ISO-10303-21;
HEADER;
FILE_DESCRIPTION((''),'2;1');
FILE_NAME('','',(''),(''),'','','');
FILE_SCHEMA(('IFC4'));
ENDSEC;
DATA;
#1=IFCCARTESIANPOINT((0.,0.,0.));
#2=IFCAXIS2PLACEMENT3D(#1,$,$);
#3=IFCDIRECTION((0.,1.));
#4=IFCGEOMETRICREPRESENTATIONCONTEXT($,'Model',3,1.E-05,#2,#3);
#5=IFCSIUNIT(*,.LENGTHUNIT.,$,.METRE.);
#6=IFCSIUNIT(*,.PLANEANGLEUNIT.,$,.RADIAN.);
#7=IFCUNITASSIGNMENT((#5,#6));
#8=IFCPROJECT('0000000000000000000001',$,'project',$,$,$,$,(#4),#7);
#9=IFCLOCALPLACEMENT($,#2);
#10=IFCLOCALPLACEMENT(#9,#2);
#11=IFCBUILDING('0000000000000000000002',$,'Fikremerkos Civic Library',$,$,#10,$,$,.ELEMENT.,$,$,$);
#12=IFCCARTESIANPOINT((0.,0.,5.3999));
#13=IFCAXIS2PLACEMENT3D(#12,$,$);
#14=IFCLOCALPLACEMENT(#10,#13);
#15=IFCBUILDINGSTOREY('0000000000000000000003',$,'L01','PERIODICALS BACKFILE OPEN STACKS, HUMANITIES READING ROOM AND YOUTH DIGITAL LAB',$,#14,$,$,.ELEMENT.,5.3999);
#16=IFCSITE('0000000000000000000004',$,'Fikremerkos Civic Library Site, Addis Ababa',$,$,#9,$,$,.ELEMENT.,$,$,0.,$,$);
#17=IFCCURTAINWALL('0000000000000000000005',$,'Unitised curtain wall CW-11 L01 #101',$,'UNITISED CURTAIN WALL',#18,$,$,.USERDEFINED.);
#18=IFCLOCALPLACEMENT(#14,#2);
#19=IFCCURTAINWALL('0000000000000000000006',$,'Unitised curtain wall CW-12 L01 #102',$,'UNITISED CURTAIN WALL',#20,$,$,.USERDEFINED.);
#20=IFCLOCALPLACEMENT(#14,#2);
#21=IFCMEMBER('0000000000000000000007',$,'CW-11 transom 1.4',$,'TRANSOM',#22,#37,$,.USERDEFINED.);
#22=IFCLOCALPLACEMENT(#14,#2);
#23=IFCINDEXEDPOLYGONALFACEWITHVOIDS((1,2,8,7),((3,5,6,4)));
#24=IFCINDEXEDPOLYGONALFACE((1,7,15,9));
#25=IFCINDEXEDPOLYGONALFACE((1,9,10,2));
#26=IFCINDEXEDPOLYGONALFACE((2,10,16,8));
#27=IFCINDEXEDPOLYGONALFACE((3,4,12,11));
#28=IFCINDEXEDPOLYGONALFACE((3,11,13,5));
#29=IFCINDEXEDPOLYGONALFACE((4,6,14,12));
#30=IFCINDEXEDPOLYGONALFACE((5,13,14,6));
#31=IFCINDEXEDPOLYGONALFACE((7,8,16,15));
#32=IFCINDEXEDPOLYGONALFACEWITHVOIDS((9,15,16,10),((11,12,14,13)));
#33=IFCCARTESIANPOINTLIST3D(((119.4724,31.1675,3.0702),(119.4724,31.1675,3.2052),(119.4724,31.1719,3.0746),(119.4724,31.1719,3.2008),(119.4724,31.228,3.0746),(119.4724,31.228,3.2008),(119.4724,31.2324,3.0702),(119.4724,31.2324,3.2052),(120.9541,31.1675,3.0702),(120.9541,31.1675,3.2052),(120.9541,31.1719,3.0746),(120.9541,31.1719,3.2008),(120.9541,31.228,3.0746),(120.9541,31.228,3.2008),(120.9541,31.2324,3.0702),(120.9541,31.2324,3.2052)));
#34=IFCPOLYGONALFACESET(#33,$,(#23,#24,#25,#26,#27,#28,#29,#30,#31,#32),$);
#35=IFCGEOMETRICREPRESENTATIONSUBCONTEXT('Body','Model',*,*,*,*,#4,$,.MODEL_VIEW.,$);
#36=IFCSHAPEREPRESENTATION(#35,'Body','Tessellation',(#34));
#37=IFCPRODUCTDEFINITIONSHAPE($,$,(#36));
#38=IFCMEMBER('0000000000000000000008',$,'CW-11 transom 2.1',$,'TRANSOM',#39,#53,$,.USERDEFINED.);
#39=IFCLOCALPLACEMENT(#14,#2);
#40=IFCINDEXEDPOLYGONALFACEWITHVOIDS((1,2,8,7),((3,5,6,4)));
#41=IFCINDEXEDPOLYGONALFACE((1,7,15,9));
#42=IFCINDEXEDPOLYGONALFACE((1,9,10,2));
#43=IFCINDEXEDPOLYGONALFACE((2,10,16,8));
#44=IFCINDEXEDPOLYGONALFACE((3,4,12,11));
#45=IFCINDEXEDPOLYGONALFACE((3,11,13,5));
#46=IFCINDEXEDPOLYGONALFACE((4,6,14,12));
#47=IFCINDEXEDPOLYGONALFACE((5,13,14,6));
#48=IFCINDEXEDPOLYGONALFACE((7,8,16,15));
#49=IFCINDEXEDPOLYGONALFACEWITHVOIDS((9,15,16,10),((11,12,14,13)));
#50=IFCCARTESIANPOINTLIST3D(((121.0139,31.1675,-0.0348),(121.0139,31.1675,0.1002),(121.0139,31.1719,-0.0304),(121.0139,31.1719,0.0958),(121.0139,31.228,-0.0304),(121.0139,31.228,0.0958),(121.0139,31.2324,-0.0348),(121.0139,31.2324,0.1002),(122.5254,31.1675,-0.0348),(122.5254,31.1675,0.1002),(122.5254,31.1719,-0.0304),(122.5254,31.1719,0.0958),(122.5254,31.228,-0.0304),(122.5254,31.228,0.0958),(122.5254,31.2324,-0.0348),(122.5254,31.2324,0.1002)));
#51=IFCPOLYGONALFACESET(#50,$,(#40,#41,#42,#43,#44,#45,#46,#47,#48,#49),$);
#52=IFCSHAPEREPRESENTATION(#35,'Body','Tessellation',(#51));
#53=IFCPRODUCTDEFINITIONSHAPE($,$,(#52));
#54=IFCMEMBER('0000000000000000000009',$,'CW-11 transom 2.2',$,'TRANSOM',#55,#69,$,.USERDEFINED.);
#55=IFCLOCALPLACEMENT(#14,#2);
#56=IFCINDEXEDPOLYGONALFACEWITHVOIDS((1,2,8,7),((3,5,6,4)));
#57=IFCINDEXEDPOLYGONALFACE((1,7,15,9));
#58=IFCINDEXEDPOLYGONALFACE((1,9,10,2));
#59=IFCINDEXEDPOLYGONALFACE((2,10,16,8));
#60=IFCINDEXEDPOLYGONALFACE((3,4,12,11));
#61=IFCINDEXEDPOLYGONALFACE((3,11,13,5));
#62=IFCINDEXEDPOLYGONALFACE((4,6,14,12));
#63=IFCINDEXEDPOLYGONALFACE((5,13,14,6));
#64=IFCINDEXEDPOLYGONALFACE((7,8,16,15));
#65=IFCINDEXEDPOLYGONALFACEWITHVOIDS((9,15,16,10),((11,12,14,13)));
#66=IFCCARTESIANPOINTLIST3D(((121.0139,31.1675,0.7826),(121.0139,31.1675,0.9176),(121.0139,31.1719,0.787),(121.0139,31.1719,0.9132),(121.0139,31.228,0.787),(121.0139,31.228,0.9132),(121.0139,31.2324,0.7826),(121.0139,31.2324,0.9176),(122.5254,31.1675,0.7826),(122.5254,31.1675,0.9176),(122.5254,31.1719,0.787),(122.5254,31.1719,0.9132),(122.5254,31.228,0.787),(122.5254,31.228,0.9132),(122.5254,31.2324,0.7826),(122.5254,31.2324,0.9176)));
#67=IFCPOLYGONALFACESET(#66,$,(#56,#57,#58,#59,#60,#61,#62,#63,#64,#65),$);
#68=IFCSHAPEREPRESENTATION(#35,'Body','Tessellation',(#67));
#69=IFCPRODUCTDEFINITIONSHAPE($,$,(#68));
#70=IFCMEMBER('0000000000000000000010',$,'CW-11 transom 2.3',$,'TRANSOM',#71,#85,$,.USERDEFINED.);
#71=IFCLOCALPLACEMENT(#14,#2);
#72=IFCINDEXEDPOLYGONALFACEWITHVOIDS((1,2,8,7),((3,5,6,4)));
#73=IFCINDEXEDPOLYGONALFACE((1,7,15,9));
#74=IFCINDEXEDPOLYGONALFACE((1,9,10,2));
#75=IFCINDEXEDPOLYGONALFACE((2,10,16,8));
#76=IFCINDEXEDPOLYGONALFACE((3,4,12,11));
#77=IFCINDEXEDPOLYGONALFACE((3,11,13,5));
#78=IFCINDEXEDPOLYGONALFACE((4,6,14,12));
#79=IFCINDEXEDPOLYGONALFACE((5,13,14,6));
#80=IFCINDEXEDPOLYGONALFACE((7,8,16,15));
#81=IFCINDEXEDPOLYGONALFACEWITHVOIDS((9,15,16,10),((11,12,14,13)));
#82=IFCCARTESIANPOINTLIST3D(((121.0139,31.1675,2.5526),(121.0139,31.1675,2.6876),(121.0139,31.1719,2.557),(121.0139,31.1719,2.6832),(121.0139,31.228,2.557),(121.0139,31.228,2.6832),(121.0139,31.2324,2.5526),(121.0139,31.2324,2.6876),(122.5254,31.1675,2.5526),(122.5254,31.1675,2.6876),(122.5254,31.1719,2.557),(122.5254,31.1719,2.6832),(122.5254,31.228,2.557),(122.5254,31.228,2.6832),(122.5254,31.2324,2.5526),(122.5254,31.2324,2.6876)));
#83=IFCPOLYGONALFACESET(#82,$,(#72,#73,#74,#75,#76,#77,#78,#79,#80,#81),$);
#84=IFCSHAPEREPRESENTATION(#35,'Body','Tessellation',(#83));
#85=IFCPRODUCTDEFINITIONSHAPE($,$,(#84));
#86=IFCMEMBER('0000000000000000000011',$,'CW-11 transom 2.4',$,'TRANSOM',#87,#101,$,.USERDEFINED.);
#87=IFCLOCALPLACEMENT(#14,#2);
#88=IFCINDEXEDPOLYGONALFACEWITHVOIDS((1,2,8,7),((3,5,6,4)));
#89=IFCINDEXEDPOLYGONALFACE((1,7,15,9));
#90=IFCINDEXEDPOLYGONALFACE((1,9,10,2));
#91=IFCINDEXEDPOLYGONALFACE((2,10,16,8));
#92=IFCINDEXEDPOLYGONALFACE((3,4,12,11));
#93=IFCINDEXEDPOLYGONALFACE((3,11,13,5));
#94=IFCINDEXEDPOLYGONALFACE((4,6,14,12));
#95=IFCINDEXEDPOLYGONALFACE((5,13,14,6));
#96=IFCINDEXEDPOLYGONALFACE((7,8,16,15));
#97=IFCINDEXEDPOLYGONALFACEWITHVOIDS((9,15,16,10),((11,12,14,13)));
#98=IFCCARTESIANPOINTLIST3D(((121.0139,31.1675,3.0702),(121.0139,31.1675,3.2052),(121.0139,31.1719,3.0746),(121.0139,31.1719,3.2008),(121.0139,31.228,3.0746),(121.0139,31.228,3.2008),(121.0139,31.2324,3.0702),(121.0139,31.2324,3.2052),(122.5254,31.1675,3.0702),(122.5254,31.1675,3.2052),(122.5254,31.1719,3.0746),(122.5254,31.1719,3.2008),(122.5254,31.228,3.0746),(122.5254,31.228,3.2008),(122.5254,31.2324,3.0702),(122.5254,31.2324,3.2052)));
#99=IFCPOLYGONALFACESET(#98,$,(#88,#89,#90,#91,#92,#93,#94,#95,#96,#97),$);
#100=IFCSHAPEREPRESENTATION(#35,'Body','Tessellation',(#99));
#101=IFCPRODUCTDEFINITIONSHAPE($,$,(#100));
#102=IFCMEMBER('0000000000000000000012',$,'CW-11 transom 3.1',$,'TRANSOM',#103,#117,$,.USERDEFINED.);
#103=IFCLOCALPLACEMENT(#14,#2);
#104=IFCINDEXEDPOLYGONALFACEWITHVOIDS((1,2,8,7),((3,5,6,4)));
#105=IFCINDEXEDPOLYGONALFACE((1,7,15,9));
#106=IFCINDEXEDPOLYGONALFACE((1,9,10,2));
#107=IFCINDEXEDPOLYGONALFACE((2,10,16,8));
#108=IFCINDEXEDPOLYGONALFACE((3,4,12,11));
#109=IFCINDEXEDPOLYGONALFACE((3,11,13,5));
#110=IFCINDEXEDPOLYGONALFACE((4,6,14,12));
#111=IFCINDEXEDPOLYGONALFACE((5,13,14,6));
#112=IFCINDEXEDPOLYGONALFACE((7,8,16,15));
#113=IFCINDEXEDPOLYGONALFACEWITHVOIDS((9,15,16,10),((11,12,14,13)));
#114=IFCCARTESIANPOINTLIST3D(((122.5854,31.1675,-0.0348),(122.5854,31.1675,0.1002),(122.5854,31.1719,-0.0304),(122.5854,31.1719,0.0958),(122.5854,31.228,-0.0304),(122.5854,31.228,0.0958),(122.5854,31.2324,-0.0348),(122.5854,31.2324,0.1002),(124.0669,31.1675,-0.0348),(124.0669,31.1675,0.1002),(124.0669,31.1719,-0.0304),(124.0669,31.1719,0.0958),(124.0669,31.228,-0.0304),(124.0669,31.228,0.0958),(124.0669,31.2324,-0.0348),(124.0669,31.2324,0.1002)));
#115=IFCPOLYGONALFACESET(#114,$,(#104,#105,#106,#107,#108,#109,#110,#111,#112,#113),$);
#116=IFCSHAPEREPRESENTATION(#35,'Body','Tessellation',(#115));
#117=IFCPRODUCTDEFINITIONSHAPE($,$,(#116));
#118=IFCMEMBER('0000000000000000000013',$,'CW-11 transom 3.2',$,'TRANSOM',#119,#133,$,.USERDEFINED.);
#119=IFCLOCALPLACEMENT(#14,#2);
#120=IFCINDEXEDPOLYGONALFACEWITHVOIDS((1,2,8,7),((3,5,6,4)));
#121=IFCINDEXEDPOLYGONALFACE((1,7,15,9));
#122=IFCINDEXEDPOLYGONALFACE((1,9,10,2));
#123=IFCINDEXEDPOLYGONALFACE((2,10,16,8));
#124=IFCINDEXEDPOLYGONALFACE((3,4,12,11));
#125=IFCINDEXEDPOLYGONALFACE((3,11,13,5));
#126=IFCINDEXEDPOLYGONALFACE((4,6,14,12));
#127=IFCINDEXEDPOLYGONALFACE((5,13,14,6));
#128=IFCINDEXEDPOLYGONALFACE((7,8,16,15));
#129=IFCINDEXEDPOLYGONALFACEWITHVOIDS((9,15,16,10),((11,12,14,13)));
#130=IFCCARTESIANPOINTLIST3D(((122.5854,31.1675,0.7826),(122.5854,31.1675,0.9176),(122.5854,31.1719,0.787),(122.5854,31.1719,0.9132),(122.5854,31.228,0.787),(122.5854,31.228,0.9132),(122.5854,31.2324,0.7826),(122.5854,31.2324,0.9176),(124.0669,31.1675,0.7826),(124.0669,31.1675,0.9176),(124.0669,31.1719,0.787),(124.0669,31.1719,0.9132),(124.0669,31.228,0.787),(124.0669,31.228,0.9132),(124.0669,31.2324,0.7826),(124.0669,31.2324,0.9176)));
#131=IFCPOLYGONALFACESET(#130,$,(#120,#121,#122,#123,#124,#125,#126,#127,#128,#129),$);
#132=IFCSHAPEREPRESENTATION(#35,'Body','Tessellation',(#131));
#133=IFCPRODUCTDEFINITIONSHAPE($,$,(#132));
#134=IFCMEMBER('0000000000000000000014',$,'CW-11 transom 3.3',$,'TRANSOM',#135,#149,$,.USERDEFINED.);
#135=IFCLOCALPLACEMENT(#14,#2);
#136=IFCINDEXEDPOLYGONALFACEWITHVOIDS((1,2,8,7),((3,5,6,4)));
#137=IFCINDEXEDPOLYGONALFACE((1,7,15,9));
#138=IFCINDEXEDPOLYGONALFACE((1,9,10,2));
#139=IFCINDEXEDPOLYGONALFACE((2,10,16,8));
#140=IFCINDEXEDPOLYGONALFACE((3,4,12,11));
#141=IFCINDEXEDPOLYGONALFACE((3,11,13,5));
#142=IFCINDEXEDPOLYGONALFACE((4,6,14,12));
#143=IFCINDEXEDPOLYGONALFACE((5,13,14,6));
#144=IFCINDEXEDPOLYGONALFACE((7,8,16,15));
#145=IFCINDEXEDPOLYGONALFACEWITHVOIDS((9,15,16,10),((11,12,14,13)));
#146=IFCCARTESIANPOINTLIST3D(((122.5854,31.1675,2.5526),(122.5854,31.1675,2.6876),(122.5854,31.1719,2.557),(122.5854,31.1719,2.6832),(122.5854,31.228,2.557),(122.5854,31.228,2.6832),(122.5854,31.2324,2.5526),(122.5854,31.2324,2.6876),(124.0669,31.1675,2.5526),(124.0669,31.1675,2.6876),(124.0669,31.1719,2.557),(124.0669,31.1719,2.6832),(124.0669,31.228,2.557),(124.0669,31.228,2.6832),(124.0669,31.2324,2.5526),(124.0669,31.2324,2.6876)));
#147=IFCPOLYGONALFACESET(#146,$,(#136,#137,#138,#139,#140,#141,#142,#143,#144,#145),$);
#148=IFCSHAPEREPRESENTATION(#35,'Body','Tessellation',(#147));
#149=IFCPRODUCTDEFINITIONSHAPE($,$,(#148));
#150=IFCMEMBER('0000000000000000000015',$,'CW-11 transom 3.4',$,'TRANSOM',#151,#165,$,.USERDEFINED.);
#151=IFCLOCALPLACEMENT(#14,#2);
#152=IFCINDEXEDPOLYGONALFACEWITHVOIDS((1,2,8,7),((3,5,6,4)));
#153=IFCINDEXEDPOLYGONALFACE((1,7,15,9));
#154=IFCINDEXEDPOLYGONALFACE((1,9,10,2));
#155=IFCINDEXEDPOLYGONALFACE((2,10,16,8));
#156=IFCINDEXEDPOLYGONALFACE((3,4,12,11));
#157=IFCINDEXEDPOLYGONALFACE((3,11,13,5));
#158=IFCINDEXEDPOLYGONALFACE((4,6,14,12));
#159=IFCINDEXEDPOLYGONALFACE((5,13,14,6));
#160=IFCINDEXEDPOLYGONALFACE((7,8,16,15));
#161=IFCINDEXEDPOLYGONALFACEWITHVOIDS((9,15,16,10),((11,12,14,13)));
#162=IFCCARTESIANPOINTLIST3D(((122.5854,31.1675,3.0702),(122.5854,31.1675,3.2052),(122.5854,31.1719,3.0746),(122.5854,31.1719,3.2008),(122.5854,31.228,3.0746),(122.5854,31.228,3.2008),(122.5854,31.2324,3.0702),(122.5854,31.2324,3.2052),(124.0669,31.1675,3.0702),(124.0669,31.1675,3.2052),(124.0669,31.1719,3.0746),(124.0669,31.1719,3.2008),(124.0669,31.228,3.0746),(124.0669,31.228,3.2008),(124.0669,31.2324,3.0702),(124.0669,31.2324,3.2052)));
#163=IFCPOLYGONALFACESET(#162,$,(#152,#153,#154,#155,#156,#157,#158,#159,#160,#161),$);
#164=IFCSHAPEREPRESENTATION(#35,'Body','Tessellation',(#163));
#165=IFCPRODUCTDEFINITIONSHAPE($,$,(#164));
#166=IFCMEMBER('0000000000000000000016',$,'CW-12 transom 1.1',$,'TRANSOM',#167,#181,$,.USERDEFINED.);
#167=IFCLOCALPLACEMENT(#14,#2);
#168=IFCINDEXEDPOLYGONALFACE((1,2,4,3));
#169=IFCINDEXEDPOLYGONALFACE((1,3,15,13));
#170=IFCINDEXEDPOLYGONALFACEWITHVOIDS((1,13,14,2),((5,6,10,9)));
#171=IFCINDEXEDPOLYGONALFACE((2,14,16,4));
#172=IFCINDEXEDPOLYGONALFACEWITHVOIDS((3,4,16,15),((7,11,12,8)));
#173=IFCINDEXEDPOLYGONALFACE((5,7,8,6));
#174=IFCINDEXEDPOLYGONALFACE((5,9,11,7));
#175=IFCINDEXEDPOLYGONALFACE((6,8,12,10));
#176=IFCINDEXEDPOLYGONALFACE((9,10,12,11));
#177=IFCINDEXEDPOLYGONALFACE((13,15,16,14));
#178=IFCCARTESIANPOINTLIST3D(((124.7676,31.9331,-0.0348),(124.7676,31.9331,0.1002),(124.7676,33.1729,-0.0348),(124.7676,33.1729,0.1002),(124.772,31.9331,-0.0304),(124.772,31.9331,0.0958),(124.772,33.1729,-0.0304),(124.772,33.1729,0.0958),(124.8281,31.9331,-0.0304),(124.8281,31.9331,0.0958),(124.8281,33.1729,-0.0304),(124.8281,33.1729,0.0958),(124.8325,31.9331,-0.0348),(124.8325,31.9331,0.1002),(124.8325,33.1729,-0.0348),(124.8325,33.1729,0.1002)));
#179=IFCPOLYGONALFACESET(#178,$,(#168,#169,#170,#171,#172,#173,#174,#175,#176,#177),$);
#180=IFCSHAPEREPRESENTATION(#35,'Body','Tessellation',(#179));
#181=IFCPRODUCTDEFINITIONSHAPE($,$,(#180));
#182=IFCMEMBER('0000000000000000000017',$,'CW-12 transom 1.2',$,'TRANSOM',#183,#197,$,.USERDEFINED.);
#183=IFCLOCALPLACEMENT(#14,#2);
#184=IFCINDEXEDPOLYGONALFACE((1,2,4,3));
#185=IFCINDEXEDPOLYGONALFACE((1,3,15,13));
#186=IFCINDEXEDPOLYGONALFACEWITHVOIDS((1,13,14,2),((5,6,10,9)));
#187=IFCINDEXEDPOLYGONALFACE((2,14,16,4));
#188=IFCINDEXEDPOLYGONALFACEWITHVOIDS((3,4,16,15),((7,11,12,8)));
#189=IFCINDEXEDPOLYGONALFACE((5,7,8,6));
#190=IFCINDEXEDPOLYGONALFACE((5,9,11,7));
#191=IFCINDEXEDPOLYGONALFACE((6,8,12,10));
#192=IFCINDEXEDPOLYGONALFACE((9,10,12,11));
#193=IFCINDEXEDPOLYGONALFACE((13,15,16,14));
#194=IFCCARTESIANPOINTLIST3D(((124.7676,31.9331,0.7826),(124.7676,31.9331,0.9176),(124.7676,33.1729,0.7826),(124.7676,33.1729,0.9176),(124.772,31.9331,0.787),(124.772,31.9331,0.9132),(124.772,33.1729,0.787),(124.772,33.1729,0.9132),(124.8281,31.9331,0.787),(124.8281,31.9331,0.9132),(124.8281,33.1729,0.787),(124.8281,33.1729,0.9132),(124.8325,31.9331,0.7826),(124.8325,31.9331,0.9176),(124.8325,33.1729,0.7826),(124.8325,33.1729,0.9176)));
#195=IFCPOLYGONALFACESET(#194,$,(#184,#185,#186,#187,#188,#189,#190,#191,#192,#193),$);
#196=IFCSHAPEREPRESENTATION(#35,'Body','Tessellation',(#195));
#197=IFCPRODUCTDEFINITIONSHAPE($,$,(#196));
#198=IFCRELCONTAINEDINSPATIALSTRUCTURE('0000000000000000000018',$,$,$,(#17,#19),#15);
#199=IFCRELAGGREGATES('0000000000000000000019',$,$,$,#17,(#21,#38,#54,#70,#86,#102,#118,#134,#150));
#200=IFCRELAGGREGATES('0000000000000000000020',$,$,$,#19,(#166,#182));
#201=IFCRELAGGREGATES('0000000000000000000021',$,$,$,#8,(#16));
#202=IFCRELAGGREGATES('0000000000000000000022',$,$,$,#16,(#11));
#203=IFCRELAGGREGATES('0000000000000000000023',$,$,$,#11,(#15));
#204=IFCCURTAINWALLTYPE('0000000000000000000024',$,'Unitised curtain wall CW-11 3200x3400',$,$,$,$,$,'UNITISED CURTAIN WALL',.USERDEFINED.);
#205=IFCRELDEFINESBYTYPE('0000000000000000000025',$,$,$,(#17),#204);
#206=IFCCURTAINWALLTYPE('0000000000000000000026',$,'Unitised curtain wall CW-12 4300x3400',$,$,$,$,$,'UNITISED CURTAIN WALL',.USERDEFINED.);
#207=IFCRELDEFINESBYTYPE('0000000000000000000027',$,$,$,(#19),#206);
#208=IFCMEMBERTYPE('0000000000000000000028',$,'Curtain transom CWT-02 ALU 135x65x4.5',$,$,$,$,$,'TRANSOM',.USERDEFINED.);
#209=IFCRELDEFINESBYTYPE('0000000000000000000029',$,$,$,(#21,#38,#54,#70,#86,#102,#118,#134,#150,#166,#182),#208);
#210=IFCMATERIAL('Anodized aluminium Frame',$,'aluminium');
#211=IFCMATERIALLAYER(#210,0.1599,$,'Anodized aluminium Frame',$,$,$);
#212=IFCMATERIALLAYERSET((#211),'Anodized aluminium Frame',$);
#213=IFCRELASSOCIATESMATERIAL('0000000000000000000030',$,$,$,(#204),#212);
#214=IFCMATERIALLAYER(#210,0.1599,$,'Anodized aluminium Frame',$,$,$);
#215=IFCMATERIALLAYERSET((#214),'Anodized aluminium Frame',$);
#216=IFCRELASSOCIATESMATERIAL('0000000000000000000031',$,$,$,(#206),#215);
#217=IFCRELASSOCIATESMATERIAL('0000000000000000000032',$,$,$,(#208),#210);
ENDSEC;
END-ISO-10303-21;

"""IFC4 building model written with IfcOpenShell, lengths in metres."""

from ifc_helpers import new_model, si_unit, direction, frame, origin, origin_2d, place, context, subcontext, project, spatial, hollow_rectangle, extrude, material, layer, layer_set, material_profile, profile_set, type_object, element, aggregate, save


model = new_model("IFC4")

# Units and contexts
model_context = context("Model", 3, precision=1e-05, world=origin(), true_north=direction((0.0, 1.0)))
body_context = subcontext(model_context, "Body", "Model", "MODEL_VIEW")
ifc_project = project(units=[si_unit("LENGTHUNIT", "METRE"), si_unit("PLANEANGLEUNIT", "RADIAN")], contexts=[model_context])

# Site, building, storey
site_placement = place(None, origin())
site = spatial("IfcSite", under=ifc_project, at=site_placement, Name="Fikremerkos Civic Library Site, Addis Ababa", CompositionType="ELEMENT", RefElevation=0.0)
building_placement = place(site_placement, origin())
building = spatial("IfcBuilding", under=site, at=building_placement, Name="Fikremerkos Civic Library", CompositionType="ELEMENT")
storey_placement = place(building_placement, frame((0.0, 0.0, 5.3999)))
storey = spatial("IfcBuildingStorey", under=building, at=storey_placement, Name="L01", Description="PERIODICALS BACKFILE OPEN STACKS, HUMANITIES READING ROOM AND YOUTH DIGITAL LAB", CompositionType="ELEMENT", Elevation=5.3999)

# Shared definitions
ifc_material_1 = material(Name="Anodized aluminium Frame", Category="aluminium")

# Curtain wall
ifc_layer_1 = layer(ifc_material_1, 0.1599, Name="Anodized aluminium Frame")
ifc_layer_set_1 = layer_set([ifc_layer_1], Name="Anodized aluminium Frame")
curtain_wall_type_1 = type_object("IfcCurtainWallType", Name="Unitised curtain wall CW-11 3200x3400", ElementType="UNITISED CURTAIN WALL", PredefinedType="USERDEFINED", material=ifc_layer_set_1)
curtain_wall_1_placement = place(storey_placement, origin())
curtain_wall_1 = element("IfcCurtainWall", 1, at=curtain_wall_1_placement, inside=storey, type_object=curtain_wall_type_1, Name="Unitised curtain wall CW-11 L01 #101", ObjectType="UNITISED CURTAIN WALL", PredefinedType="USERDEFINED")

# Curtain wall
ifc_layer_2 = layer(ifc_material_1, 0.1599, Name="Anodized aluminium Frame")
ifc_layer_set_2 = layer_set([ifc_layer_2], Name="Anodized aluminium Frame")
curtain_wall_type_2 = type_object("IfcCurtainWallType", Name="Unitised curtain wall CW-12 4300x3400", ElementType="UNITISED CURTAIN WALL", PredefinedType="USERDEFINED", material=ifc_layer_set_2)
curtain_wall_2_placement = place(storey_placement, origin())
curtain_wall_2 = element("IfcCurtainWall", 2, at=curtain_wall_2_placement, inside=storey, type_object=curtain_wall_type_2, Name="Unitised curtain wall CW-12 L01 #102", ObjectType="UNITISED CURTAIN WALL", PredefinedType="USERDEFINED")

# Members
ifc_material_profile_1 = material_profile(ifc_material_1, hollow_rectangle(XDim=0.0649, YDim=0.135, WallThickness=0.0044, at=origin_2d()), Name="ALU 135x65x4.5")
ifc_profile_set_1 = profile_set([ifc_material_profile_1], Name="Anodized aluminium Frame")
member_type_1 = type_object("IfcMemberType", Name="Curtain transom CWT-02 ALU 135x65x4.5", ElementType="TRANSOM", PredefinedType="USERDEFINED", material=ifc_profile_set_1)
member_1_placement = place(storey_placement, frame((119.4724, 31.2, 3.1377), z_axis=(1.0, 0.0, 0.0), x_axis=(0.0, 1.0, 0.0)))
member_1 = element("IfcMember", 3, at=member_1_placement, type_object=member_type_1, Name="CW-11 transom 1.4", ObjectType="TRANSOM", PredefinedType="USERDEFINED", context=body_context, shape_type="SweptSolid", body=[
    extrude(hollow_rectangle(XDim=0.0649, YDim=0.135, WallThickness=0.0044, at=origin_2d()), origin(), (0.0, 0.0, 1.0), 1.4817),
])
member_2_placement = place(storey_placement, frame((121.0139, 31.2, 0.0327), z_axis=(1.0, 0.0, 0.0), x_axis=(0.0, 1.0, 0.0)))
member_2 = element("IfcMember", 4, at=member_2_placement, type_object=member_type_1, Name="CW-11 transom 2.1", ObjectType="TRANSOM", PredefinedType="USERDEFINED", context=body_context, shape_type="SweptSolid", body=[
    extrude(hollow_rectangle(XDim=0.0649, YDim=0.135, WallThickness=0.0044, at=origin_2d()), origin(), (0.0, 0.0, 1.0), 1.5115),
])
member_3_placement = place(storey_placement, frame((121.0139, 31.2, 0.8501), z_axis=(1.0, 0.0, 0.0), x_axis=(0.0, 1.0, 0.0)))
member_3 = element("IfcMember", 5, at=member_3_placement, type_object=member_type_1, Name="CW-11 transom 2.2", ObjectType="TRANSOM", PredefinedType="USERDEFINED", context=body_context, shape_type="SweptSolid", body=[
    extrude(hollow_rectangle(XDim=0.0649, YDim=0.135, WallThickness=0.0044, at=origin_2d()), origin(), (0.0, 0.0, 1.0), 1.5115),
])
member_4_placement = place(storey_placement, frame((121.0139, 31.2, 2.6201), z_axis=(1.0, 0.0, 0.0), x_axis=(0.0, 1.0, 0.0)))
member_4 = element("IfcMember", 6, at=member_4_placement, type_object=member_type_1, Name="CW-11 transom 2.3", ObjectType="TRANSOM", PredefinedType="USERDEFINED", context=body_context, shape_type="SweptSolid", body=[
    extrude(hollow_rectangle(XDim=0.0649, YDim=0.135, WallThickness=0.0044, at=origin_2d()), origin(), (0.0, 0.0, 1.0), 1.5115),
])
member_5_placement = place(storey_placement, frame((121.0139, 31.2, 3.1377), z_axis=(1.0, 0.0, 0.0), x_axis=(0.0, 1.0, 0.0)))
member_5 = element("IfcMember", 7, at=member_5_placement, type_object=member_type_1, Name="CW-11 transom 2.4", ObjectType="TRANSOM", PredefinedType="USERDEFINED", context=body_context, shape_type="SweptSolid", body=[
    extrude(hollow_rectangle(XDim=0.0649, YDim=0.135, WallThickness=0.0044, at=origin_2d()), origin(), (0.0, 0.0, 1.0), 1.5115),
])
member_6_placement = place(storey_placement, frame((122.5854, 31.2, 0.0327), z_axis=(1.0, 0.0, 0.0), x_axis=(0.0, 1.0, 0.0)))
member_6 = element("IfcMember", 8, at=member_6_placement, type_object=member_type_1, Name="CW-11 transom 3.1", ObjectType="TRANSOM", PredefinedType="USERDEFINED", context=body_context, shape_type="SweptSolid", body=[
    extrude(hollow_rectangle(XDim=0.0649, YDim=0.135, WallThickness=0.0044, at=origin_2d()), origin(), (0.0, 0.0, 1.0), 1.4814),
])
member_7_placement = place(storey_placement, frame((122.5854, 31.2, 0.8501), z_axis=(1.0, 0.0, 0.0), x_axis=(0.0, 1.0, 0.0)))
member_7 = element("IfcMember", 9, at=member_7_placement, type_object=member_type_1, Name="CW-11 transom 3.2", ObjectType="TRANSOM", PredefinedType="USERDEFINED", context=body_context, shape_type="SweptSolid", body=[
    extrude(hollow_rectangle(XDim=0.0649, YDim=0.135, WallThickness=0.0044, at=origin_2d()), origin(), (0.0, 0.0, 1.0), 1.4814),
])
member_8_placement = place(storey_placement, frame((122.5854, 31.2, 2.6201), z_axis=(1.0, 0.0, 0.0), x_axis=(0.0, 1.0, 0.0)))
member_8 = element("IfcMember", 10, at=member_8_placement, type_object=member_type_1, Name="CW-11 transom 3.3", ObjectType="TRANSOM", PredefinedType="USERDEFINED", context=body_context, shape_type="SweptSolid", body=[
    extrude(hollow_rectangle(XDim=0.0649, YDim=0.135, WallThickness=0.0044, at=origin_2d()), origin(), (0.0, 0.0, 1.0), 1.4814),
])
member_9_placement = place(storey_placement, frame((122.5854, 31.2, 3.1377), z_axis=(1.0, 0.0, 0.0), x_axis=(0.0, 1.0, 0.0)))
member_9 = element("IfcMember", 11, at=member_9_placement, type_object=member_type_1, Name="CW-11 transom 3.4", ObjectType="TRANSOM", PredefinedType="USERDEFINED", context=body_context, shape_type="SweptSolid", body=[
    extrude(hollow_rectangle(XDim=0.0649, YDim=0.135, WallThickness=0.0044, at=origin_2d()), origin(), (0.0, 0.0, 1.0), 1.4814),
])
member_10_placement = place(storey_placement, frame((124.8, 31.9331, 0.0327), z_axis=(0.0, 1.0, 0.0), x_axis=(-1.0, 0.0, 0.0)))
member_10 = element("IfcMember", 12, at=member_10_placement, type_object=member_type_1, Name="CW-12 transom 1.1", ObjectType="TRANSOM", PredefinedType="USERDEFINED", context=body_context, shape_type="SweptSolid", body=[
    extrude(hollow_rectangle(XDim=0.0649, YDim=0.135, WallThickness=0.0044, at=origin_2d()), origin(), (0.0, 0.0, 1.0), 1.2397),
])
member_11_placement = place(storey_placement, frame((124.8, 31.9331, 0.8501), z_axis=(0.0, 1.0, 0.0), x_axis=(-1.0, 0.0, 0.0)))
member_11 = element("IfcMember", 13, at=member_11_placement, type_object=member_type_1, Name="CW-12 transom 1.2", ObjectType="TRANSOM", PredefinedType="USERDEFINED", context=body_context, shape_type="SweptSolid", body=[
    extrude(hollow_rectangle(XDim=0.0649, YDim=0.135, WallThickness=0.0044, at=origin_2d()), origin(), (0.0, 0.0, 1.0), 1.2397),
])

aggregate(curtain_wall_1, [member_1, member_2, member_3, member_4, member_5, member_6, member_7, member_8, member_9])
aggregate(curtain_wall_2, [member_10, member_11])

save(model, "model.ifc")
